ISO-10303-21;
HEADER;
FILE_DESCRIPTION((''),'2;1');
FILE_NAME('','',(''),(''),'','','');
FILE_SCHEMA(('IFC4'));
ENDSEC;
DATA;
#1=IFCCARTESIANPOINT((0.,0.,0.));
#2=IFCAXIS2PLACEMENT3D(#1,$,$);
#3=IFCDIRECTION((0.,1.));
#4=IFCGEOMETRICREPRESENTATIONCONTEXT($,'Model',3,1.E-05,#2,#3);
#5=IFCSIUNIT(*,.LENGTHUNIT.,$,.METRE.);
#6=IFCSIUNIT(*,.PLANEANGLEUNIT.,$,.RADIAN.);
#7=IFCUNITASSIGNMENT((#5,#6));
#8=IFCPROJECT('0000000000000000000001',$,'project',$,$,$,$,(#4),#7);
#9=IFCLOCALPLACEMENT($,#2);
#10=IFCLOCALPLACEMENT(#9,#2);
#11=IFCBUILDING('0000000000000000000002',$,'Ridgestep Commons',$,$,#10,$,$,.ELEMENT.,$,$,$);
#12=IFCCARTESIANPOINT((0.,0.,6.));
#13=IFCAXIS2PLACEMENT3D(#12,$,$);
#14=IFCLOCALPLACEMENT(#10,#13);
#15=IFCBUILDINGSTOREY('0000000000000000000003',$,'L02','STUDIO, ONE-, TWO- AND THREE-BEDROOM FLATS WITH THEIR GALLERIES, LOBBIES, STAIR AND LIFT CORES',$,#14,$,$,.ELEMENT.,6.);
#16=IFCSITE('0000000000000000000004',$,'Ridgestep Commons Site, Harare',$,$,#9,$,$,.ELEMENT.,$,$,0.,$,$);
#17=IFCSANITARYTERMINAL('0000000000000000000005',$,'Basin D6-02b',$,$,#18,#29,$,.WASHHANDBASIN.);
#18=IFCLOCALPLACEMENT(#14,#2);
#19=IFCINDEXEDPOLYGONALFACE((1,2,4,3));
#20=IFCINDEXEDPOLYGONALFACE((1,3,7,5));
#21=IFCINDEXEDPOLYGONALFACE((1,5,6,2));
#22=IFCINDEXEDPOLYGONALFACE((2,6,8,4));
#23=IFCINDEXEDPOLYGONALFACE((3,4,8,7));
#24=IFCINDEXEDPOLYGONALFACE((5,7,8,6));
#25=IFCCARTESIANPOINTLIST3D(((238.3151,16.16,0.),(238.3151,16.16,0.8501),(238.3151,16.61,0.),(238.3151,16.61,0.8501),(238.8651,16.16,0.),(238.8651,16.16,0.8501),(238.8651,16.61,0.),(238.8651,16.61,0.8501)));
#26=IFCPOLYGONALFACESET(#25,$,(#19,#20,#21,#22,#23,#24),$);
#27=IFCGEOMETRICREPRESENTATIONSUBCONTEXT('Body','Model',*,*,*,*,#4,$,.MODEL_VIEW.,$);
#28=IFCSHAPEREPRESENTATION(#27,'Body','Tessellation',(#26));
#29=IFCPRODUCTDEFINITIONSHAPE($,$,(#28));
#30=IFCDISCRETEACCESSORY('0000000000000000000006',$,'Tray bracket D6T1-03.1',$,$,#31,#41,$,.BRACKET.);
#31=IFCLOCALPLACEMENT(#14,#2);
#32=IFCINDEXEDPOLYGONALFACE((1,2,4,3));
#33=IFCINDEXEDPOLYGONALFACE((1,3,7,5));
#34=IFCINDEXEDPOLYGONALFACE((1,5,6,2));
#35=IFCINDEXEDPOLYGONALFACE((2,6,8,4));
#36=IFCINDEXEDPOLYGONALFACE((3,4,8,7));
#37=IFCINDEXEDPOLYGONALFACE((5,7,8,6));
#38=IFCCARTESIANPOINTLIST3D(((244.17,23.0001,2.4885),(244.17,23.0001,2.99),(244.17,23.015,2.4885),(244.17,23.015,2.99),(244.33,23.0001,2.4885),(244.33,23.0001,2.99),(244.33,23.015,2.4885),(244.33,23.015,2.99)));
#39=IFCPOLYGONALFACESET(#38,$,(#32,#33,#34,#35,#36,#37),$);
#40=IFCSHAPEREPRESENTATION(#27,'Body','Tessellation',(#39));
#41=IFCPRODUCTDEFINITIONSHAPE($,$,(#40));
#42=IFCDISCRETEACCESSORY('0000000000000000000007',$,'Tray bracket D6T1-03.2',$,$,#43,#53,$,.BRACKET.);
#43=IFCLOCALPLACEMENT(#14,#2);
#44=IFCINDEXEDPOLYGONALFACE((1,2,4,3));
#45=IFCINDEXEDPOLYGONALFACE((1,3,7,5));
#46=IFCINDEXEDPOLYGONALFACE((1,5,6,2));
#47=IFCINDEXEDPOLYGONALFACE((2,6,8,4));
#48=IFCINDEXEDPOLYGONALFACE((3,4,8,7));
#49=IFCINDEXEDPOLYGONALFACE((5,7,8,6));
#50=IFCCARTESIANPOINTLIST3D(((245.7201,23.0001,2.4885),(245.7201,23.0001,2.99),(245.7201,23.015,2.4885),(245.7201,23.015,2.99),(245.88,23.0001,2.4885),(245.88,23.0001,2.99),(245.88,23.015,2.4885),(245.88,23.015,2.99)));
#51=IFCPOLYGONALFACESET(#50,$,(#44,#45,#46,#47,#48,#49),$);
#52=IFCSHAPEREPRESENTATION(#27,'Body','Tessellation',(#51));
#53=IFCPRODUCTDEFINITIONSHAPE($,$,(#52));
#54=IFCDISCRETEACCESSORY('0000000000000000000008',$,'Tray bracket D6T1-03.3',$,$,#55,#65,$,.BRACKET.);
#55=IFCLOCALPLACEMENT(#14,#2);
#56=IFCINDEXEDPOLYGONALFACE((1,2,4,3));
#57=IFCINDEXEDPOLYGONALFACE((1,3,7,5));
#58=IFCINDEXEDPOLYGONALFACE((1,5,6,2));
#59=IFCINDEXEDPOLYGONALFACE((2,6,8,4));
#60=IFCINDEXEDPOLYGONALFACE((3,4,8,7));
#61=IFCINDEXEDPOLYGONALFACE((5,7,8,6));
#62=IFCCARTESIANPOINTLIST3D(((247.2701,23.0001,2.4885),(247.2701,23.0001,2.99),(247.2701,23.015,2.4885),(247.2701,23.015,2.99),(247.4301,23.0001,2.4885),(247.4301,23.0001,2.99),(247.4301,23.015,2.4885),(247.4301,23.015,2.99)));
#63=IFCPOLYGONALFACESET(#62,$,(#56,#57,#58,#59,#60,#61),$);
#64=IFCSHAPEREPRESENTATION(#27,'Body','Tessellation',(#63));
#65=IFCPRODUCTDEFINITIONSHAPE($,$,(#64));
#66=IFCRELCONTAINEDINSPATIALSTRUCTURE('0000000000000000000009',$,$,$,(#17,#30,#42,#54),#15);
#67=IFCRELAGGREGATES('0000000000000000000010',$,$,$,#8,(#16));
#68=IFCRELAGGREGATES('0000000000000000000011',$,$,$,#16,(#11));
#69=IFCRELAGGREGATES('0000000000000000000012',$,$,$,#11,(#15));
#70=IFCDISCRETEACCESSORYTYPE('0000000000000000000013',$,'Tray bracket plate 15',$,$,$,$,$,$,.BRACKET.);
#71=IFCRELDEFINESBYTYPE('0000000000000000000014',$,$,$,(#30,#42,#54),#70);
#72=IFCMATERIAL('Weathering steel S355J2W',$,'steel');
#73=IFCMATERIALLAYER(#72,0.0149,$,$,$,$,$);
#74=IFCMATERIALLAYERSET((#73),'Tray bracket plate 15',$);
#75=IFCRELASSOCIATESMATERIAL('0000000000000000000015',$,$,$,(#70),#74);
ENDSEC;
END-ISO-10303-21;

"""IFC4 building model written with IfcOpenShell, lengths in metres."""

from ifc_helpers import new_model, si_unit, direction, frame, origin, origin_2d, place, context, subcontext, project, spatial, rectangle, extrude, material, layer, layer_set, type_object, element, save


model = new_model("IFC4")

# Units and contexts
model_context = context("Model", 3, precision=1e-05, world=origin(), true_north=direction((0.0, 1.0)))
body_context = subcontext(model_context, "Body", "Model", "MODEL_VIEW")
ifc_project = project(units=[si_unit("LENGTHUNIT", "METRE"), si_unit("PLANEANGLEUNIT", "RADIAN")], contexts=[model_context])

# Site, building, storey
site_placement = place(None, origin())
site = spatial("IfcSite", under=ifc_project, at=site_placement, Name="Ridgestep Commons Site, Harare", CompositionType="ELEMENT", RefElevation=0.0)
building_placement = place(site_placement, origin())
building = spatial("IfcBuilding", under=site, at=building_placement, Name="Ridgestep Commons", CompositionType="ELEMENT")
storey_placement = place(building_placement, frame((0.0, 0.0, 6.0)))
storey = spatial("IfcBuildingStorey", under=building, at=storey_placement, Name="L02", Description="STUDIO, ONE-, TWO- AND THREE-BEDROOM FLATS WITH THEIR GALLERIES, LOBBIES, STAIR AND LIFT CORES", CompositionType="ELEMENT", Elevation=6.0)

# Sanitary terminal
sanitary_terminal_1_placement = place(storey_placement, frame((238.5901, 16.385, 0.0), z_axis=(0.0, 0.0, 1.0), x_axis=(1.0, 0.0, 0.0)))
element("IfcSanitaryTerminal", 1, at=sanitary_terminal_1_placement, inside=storey, Name="Basin D6-02b", PredefinedType="WASHHANDBASIN", context=body_context, shape_type="SweptSolid", body=[
    extrude(rectangle(XDim=0.55, YDim=0.45, at=origin_2d()), origin(), (0.0, 0.0, 1.0), 0.8501),
])

# Discrete accessories
ifc_material_1 = material(Name="Weathering steel S355J2W", Category="steel")
ifc_layer_1 = layer(ifc_material_1, 0.0149)
ifc_layer_set_1 = layer_set([ifc_layer_1], Name="Tray bracket plate 15")
discrete_accessory_type = type_object("IfcDiscreteAccessoryType", Name="Tray bracket plate 15", PredefinedType="BRACKET", material=ifc_layer_set_1)
for number, where, z_axis, x_axis, name in (
    (2, (244.25, 23.0076, 2.4885), (0.0, 0.0, 1.0), (1.0, 0.0, 0.0), "Tray bracket D6T1-03.1"),
    (3, (245.8, 23.0076, 2.4885), (0.0, 0.0, 1.0), (1.0, 0.0, 0.0), "Tray bracket D6T1-03.2"),
    (4, (247.3501, 23.0076, 2.4885), (0.0, 0.0, 1.0), (1.0, 0.0, 0.0), "Tray bracket D6T1-03.3"),
):
    element("IfcDiscreteAccessory", number, at=place(storey_placement, frame(where, z_axis=z_axis, x_axis=x_axis)), inside=storey, type_object=discrete_accessory_type, Name=name, PredefinedType="BRACKET", context=body_context, shape_type="SweptSolid", body=[
        extrude(rectangle(XDim=0.1599, YDim=0.0149, at=origin_2d()), origin(), (0.0, 0.0, 1.0), 0.5015),
    ])

save(model, "model.ifc")
